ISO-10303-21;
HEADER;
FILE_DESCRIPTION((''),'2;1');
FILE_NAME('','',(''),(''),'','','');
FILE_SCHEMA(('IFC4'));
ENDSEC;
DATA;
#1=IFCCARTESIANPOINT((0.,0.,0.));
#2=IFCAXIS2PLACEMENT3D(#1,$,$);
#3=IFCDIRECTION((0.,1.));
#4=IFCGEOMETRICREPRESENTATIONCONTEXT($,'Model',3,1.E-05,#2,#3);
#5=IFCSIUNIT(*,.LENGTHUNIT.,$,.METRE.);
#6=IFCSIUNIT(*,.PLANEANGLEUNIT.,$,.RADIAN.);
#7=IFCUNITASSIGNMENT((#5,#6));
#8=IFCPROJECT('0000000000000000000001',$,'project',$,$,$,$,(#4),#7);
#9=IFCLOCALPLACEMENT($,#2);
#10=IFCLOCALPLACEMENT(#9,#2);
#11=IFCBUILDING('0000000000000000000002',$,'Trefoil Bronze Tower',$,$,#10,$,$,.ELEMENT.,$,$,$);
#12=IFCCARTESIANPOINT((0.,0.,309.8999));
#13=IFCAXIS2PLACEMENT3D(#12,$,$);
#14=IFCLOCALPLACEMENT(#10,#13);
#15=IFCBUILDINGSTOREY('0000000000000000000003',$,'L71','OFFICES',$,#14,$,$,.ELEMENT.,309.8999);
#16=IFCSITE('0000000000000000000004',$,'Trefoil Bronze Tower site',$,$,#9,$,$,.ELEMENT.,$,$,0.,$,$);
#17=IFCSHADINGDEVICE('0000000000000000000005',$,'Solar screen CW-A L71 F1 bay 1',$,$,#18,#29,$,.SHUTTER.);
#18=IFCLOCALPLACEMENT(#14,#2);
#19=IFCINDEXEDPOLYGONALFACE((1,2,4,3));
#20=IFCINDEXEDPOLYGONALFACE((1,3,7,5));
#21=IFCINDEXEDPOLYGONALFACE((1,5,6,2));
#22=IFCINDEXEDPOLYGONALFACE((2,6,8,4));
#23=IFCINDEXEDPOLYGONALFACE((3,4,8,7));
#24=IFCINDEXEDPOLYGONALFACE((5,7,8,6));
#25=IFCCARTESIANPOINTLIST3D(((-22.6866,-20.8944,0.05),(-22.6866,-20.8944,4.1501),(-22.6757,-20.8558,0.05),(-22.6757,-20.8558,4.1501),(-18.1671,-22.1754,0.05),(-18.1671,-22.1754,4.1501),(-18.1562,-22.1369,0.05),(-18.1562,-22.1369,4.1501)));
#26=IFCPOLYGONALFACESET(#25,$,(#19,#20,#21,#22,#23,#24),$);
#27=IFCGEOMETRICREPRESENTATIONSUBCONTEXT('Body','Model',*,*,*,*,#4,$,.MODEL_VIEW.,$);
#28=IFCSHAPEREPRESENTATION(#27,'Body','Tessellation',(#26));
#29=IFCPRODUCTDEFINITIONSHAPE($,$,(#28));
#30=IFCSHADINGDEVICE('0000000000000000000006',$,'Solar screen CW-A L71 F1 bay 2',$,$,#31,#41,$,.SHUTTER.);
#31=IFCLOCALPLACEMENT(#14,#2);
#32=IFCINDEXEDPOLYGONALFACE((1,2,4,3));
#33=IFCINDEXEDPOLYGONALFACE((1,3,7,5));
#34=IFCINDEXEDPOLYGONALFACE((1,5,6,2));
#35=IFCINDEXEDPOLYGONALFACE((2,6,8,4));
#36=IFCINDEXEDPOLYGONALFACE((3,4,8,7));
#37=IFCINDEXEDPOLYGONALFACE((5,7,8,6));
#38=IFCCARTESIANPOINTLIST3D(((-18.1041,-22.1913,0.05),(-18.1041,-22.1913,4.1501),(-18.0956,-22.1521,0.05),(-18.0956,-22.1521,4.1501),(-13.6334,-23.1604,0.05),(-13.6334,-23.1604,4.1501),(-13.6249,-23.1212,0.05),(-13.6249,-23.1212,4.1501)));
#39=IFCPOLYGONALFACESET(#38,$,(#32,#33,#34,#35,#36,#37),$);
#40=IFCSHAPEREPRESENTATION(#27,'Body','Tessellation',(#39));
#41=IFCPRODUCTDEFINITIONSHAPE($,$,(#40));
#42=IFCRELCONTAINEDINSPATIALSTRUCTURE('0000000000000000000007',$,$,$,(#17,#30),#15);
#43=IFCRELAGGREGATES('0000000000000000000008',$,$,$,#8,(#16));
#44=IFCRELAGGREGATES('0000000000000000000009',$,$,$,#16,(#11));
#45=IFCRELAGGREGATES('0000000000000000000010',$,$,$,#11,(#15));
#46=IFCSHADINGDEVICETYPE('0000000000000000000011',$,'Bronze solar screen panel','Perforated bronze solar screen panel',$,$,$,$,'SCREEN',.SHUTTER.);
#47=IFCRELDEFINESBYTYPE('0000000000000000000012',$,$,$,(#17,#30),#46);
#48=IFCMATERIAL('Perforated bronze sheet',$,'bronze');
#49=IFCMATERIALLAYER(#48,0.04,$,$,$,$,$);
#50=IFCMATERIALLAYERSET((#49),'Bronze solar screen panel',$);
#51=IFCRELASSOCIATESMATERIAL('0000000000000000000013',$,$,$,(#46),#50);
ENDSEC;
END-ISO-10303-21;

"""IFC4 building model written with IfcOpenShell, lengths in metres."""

from ifc_helpers import new_model, si_unit, direction, frame, origin, origin_2d, place, context, subcontext, project, spatial, rectangle, extrude, material, layer, layer_set, type_object, element, save


model = new_model("IFC4")

# Units and contexts
model_context = context("Model", 3, precision=1e-05, world=origin(), true_north=direction((0.0, 1.0)))
body_context = subcontext(model_context, "Body", "Model", "MODEL_VIEW")
ifc_project = project(units=[si_unit("LENGTHUNIT", "METRE"), si_unit("PLANEANGLEUNIT", "RADIAN")], contexts=[model_context])

# Site, building, storey
site_placement = place(None, origin())
site = spatial("IfcSite", under=ifc_project, at=site_placement, Name="Trefoil Bronze Tower site", CompositionType="ELEMENT", RefElevation=0.0)
building_placement = place(site_placement, origin())
building = spatial("IfcBuilding", under=site, at=building_placement, Name="Trefoil Bronze Tower", CompositionType="ELEMENT")
storey_placement = place(building_placement, frame((0.0, 0.0, 309.8999)))
storey = spatial("IfcBuildingStorey", under=building, at=storey_placement, Name="L71", Description="OFFICES", CompositionType="ELEMENT", Elevation=309.8999)

# Shading devices
ifc_material_1 = material(Name="Perforated bronze sheet", Category="bronze")
ifc_layer_1 = layer(ifc_material_1, 0.04)
ifc_layer_set_1 = layer_set([ifc_layer_1], Name="Bronze solar screen panel")
shading_device_type = type_object("IfcShadingDeviceType", Name="Bronze solar screen panel", Description="Perforated bronze solar screen panel", ElementType="SCREEN", PredefinedType="SHUTTER", material=ifc_layer_set_1)
shading_device_1_placement = place(storey_placement, frame((-20.4214, -21.5156, 0.05), z_axis=(0.0, 0.0, 1.0), x_axis=(0.962098, -0.272705, 0.0)))
element("IfcShadingDevice", 1, at=shading_device_1_placement, inside=storey, type_object=shading_device_type, Name="Solar screen CW-A L71 F1 bay 1", PredefinedType="SHUTTER", context=body_context, shape_type="SweptSolid", body=[
    extrude(rectangle(XDim=4.6975, YDim=0.04, at=origin_2d()), origin(), (0.0, 0.0, 1.0), 4.1001),
])
shading_device_2_placement = place(storey_placement, frame((-15.8645, -22.6562, 0.05), z_axis=(0.0, 0.0, 1.0), x_axis=(0.977303, -0.211846, 0.0)))
element("IfcShadingDevice", 2, at=shading_device_2_placement, inside=storey, type_object=shading_device_type, Name="Solar screen CW-A L71 F1 bay 2", PredefinedType="SHUTTER", context=body_context, shape_type="SweptSolid", body=[
    extrude(rectangle(XDim=4.5745, YDim=0.04, at=origin_2d()), origin(), (0.0, 0.0, 1.0), 4.1001),
])

save(model, "model.ifc")
